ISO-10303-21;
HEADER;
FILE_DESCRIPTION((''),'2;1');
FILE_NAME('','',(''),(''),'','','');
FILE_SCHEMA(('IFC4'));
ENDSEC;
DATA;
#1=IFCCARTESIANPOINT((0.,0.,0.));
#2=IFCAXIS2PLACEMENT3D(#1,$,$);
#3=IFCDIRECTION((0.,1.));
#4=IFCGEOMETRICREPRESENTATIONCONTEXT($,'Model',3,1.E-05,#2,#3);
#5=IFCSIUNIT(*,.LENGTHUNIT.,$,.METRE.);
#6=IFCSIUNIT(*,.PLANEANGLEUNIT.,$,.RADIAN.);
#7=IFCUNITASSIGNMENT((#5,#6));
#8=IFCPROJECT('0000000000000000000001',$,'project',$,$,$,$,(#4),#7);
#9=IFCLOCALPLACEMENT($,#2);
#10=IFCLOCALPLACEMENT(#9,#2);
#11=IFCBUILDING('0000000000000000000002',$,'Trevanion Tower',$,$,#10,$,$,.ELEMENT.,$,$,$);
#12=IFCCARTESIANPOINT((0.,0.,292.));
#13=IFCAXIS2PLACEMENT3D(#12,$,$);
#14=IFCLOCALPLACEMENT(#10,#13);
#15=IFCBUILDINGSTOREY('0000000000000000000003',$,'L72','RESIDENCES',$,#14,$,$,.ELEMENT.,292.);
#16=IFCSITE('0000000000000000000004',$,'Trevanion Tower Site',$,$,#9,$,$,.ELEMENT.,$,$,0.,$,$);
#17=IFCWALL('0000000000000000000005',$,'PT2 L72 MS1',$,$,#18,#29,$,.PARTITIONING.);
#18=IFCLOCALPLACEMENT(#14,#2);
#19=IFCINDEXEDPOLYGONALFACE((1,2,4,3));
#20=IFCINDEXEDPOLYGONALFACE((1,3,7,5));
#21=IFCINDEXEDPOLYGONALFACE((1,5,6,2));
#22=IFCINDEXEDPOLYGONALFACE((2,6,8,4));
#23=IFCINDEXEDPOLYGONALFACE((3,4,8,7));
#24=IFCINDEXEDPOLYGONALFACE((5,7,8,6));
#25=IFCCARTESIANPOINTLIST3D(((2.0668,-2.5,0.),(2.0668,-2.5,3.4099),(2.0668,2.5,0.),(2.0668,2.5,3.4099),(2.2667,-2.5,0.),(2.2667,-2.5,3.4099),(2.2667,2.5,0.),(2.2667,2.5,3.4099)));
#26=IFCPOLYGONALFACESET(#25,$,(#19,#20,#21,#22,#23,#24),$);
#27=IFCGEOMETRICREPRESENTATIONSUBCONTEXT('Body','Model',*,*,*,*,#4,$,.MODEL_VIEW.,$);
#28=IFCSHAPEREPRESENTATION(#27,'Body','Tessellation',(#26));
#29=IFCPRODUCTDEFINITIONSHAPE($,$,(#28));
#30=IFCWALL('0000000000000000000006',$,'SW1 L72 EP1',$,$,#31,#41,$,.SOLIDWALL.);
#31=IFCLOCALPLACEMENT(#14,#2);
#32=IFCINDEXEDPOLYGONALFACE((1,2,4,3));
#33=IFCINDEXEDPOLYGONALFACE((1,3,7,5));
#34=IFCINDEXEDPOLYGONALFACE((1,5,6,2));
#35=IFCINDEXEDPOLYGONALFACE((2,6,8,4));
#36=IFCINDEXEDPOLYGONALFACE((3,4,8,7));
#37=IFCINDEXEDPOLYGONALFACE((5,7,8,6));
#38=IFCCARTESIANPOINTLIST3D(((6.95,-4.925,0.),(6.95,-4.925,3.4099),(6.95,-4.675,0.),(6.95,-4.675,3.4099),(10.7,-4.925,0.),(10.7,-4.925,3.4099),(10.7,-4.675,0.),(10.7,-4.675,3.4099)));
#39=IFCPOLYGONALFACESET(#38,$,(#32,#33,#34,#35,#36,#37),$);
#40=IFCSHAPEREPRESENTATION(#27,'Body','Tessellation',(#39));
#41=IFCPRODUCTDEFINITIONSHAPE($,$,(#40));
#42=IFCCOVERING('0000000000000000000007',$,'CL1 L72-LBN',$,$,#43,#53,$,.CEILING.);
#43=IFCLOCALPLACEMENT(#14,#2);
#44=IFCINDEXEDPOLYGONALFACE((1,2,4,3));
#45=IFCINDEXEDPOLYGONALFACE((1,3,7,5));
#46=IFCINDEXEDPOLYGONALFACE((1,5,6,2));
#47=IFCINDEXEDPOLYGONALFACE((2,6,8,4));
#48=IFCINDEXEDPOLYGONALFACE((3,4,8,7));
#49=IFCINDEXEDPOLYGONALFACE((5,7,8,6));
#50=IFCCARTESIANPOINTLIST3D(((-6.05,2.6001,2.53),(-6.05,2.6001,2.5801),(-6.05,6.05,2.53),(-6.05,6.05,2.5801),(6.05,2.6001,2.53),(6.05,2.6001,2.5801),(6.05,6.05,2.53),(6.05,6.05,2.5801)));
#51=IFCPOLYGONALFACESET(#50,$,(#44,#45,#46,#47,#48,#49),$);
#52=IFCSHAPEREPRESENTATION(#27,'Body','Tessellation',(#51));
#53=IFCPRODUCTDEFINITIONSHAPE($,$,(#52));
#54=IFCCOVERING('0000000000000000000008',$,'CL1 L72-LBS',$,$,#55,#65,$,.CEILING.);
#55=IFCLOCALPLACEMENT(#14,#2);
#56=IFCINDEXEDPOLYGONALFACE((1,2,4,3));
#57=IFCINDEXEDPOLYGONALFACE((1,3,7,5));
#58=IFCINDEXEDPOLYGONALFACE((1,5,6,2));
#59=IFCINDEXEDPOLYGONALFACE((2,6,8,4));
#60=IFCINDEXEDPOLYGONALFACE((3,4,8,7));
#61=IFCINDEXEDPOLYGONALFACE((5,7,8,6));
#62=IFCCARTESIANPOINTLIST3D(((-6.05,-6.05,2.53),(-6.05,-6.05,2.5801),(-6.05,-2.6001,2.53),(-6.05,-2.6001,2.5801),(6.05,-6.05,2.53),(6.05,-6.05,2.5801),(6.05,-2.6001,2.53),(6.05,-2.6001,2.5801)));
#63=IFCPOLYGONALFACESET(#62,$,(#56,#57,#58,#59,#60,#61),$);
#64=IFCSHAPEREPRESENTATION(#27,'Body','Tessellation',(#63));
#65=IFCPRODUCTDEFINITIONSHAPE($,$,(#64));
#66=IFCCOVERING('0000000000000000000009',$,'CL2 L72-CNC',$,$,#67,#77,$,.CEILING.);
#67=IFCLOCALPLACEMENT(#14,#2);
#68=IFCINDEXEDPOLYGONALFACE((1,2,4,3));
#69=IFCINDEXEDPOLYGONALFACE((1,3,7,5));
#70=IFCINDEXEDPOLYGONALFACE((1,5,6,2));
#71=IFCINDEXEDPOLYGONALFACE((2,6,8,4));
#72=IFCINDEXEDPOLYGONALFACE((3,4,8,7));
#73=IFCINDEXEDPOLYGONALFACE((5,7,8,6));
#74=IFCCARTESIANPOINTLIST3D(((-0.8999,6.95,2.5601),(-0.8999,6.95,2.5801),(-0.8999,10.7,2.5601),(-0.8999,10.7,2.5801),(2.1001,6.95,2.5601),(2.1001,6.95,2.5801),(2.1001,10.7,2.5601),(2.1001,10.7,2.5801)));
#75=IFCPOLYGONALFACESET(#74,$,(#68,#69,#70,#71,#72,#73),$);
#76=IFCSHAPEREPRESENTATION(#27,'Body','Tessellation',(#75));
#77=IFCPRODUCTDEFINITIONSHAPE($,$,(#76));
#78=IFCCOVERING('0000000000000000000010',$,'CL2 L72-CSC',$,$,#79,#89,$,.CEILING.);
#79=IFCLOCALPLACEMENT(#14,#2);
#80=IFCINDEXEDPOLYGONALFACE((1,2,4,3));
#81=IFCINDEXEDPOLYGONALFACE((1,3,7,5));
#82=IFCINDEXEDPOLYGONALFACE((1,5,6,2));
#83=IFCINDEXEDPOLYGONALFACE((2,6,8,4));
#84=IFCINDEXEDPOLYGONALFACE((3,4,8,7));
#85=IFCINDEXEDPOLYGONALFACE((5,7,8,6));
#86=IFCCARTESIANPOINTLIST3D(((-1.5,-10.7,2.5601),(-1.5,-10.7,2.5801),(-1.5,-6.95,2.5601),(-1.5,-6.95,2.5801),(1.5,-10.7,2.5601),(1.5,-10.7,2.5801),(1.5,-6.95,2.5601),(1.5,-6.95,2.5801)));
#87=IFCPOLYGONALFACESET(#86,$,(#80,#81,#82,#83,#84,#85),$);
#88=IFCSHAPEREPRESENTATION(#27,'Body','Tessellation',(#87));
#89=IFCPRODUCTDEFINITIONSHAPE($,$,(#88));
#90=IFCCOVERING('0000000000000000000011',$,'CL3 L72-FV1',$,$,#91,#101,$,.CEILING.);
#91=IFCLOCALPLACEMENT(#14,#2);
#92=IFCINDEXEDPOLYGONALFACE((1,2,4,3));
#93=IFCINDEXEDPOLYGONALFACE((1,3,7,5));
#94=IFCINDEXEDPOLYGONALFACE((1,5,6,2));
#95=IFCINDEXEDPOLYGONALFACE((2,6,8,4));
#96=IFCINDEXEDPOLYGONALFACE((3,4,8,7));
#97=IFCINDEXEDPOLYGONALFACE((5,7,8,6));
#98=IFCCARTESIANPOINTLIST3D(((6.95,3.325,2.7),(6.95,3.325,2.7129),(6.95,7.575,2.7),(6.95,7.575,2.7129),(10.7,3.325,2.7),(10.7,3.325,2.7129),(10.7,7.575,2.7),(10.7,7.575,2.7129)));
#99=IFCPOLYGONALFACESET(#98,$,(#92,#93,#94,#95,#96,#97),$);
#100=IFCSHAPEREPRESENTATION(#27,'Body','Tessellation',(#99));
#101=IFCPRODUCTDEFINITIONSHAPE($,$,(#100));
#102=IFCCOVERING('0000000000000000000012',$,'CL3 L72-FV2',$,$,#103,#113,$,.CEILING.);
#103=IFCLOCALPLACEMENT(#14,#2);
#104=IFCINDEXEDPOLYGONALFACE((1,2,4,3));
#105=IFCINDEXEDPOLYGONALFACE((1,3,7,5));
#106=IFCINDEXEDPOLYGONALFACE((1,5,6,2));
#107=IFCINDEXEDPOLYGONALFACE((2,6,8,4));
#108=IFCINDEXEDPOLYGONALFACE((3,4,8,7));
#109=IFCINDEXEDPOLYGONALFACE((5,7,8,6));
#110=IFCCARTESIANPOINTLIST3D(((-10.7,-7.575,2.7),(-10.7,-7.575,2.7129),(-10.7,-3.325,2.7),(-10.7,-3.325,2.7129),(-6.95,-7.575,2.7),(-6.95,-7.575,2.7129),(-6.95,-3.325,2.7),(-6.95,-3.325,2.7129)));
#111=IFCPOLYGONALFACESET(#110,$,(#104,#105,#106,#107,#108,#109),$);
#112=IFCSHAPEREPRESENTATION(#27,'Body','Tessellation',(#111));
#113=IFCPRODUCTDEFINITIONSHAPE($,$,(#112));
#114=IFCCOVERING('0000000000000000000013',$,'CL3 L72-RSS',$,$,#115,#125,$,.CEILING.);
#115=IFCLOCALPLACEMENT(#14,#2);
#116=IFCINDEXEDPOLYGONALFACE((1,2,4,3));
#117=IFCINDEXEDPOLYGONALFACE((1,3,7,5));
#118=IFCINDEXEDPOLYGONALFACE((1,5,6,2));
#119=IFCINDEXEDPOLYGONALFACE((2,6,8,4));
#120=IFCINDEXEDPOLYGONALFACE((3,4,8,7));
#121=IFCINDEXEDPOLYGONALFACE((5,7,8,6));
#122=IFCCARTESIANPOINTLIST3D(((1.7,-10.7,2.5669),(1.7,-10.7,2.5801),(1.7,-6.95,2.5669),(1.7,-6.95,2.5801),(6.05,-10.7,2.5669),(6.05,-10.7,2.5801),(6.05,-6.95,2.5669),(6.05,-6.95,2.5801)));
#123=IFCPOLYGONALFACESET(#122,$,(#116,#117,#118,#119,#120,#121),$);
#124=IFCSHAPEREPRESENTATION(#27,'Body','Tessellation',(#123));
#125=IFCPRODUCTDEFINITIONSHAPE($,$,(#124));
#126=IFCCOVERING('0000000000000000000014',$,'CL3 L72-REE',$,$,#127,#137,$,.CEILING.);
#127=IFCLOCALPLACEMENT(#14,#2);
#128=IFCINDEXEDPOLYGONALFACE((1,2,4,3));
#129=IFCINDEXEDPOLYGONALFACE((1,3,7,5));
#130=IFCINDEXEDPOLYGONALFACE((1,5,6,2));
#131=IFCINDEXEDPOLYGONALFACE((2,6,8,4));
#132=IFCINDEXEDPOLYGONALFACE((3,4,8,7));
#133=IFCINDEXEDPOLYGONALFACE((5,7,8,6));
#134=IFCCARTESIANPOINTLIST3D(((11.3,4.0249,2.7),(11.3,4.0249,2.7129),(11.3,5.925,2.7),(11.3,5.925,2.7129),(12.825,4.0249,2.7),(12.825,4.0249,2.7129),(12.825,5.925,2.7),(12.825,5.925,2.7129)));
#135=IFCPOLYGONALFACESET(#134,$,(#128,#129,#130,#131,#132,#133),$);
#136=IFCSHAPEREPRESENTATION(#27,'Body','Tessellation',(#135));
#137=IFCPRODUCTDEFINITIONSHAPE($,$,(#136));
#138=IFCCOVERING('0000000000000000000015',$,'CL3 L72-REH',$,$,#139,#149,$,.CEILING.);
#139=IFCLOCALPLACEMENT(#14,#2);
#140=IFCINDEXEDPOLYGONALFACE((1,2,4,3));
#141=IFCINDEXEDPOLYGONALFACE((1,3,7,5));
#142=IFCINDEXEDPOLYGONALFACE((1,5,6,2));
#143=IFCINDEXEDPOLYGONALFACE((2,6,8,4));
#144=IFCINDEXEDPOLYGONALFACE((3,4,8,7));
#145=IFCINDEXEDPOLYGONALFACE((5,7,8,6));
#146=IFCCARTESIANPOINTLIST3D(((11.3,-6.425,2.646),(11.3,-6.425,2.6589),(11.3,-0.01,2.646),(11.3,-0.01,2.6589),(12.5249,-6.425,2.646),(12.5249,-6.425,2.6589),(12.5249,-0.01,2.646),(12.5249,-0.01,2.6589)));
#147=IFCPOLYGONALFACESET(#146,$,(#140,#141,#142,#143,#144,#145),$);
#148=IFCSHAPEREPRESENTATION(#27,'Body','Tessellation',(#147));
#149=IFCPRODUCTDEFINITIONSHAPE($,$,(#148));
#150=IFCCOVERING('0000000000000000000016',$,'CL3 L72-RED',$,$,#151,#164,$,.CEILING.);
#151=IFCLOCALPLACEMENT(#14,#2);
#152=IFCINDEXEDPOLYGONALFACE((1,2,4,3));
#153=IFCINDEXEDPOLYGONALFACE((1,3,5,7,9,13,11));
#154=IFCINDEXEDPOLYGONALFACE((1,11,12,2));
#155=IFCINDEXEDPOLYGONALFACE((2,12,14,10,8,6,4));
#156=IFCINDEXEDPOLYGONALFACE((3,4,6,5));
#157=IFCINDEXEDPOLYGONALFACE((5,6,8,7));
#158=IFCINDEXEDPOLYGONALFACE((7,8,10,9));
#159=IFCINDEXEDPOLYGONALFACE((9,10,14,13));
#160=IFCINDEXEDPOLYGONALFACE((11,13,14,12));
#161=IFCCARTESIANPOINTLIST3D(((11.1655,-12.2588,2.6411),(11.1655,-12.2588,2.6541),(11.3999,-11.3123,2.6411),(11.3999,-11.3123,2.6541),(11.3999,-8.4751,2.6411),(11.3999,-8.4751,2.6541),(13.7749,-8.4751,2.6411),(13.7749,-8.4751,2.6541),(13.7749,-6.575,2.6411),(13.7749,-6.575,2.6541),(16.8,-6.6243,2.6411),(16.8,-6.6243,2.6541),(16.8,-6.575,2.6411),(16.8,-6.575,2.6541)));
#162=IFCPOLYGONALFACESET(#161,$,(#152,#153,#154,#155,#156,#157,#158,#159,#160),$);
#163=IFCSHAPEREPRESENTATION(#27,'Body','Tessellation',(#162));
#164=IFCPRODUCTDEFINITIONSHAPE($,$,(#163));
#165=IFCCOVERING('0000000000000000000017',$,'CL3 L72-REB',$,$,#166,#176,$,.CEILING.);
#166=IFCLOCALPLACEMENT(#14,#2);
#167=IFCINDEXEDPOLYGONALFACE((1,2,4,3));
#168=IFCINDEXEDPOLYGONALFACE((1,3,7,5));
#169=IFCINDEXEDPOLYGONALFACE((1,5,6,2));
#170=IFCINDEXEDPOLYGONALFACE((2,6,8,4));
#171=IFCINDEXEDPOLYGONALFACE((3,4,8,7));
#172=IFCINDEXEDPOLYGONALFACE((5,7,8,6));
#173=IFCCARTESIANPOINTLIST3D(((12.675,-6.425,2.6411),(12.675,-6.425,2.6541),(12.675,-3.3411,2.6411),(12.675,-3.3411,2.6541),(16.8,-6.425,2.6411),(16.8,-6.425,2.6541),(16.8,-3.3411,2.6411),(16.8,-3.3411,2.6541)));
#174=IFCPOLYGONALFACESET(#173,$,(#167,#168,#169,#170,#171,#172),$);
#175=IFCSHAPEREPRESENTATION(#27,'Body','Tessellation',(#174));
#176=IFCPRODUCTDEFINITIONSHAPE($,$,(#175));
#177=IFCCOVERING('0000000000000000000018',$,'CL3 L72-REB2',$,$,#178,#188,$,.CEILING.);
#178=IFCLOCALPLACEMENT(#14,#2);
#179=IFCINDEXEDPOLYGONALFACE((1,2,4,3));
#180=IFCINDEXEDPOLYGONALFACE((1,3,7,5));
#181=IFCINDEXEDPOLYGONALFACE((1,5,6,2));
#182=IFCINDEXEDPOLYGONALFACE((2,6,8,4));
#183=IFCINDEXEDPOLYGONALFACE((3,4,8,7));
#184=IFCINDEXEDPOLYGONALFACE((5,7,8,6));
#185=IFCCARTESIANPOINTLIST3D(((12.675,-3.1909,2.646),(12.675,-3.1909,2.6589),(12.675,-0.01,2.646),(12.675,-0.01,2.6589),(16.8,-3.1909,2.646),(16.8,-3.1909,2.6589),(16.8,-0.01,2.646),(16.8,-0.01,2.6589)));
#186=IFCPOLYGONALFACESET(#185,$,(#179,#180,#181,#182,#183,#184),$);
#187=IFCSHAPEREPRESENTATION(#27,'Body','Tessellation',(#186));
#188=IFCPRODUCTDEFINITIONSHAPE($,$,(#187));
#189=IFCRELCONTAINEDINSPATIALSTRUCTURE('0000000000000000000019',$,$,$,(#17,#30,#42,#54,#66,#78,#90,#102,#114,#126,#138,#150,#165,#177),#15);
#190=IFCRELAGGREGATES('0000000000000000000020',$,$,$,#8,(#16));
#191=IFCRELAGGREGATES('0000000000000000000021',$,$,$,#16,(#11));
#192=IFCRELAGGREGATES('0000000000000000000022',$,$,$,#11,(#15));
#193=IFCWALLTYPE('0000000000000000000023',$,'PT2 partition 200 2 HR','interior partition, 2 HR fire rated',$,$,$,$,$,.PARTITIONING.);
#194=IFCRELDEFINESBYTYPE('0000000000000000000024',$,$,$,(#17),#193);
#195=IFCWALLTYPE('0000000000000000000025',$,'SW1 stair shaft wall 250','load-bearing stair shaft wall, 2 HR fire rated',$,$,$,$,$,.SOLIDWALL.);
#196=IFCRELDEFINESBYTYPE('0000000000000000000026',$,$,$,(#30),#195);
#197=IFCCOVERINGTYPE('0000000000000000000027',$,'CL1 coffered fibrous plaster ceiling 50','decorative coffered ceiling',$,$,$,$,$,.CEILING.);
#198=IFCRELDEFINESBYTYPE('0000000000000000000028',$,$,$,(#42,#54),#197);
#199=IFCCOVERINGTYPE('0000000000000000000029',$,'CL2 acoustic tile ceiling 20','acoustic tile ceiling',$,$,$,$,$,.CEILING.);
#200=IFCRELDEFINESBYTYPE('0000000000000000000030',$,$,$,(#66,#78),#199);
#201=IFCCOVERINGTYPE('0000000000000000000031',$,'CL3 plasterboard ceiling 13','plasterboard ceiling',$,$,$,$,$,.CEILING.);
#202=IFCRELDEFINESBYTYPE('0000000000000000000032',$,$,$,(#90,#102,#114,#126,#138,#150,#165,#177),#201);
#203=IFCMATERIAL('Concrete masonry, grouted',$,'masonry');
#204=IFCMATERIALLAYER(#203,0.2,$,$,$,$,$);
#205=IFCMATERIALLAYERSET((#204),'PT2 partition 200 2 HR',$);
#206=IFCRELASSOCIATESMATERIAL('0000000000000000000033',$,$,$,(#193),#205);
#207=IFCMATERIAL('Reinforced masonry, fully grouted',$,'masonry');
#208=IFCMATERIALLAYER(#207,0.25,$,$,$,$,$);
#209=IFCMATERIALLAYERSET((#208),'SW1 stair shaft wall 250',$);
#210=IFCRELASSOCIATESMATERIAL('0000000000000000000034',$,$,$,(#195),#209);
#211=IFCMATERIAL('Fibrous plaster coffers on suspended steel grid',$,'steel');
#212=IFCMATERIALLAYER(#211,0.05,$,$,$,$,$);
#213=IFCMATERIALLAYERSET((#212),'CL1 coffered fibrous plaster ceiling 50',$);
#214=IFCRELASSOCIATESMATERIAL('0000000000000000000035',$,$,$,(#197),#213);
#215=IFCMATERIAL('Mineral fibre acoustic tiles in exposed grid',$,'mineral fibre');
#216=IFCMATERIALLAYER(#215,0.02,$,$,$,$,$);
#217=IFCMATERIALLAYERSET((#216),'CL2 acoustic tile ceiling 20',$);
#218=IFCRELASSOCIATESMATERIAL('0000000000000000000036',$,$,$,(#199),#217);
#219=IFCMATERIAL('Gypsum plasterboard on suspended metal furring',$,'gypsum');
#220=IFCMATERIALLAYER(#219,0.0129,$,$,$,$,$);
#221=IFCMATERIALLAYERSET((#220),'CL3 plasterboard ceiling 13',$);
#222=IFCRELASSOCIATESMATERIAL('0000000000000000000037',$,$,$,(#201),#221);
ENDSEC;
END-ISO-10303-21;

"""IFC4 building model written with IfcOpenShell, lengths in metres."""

from ifc_helpers import new_model, si_unit, direction, frame, frame_2d, origin, place, context, subcontext, project, spatial, polyline, rectangle, outline, extrude, material, layer, layer_set, type_object, element, save


model = new_model("IFC4")

# Units and contexts
model_context = context("Model", 3, precision=1e-05, world=origin(), true_north=direction((0.0, 1.0)))
body_context = subcontext(model_context, "Body", "Model", "MODEL_VIEW")
ifc_project = project(units=[si_unit("LENGTHUNIT", "METRE"), si_unit("PLANEANGLEUNIT", "RADIAN")], contexts=[model_context])

# Site, building, storey
site_placement = place(None, origin())
site = spatial("IfcSite", under=ifc_project, at=site_placement, Name="Trevanion Tower Site", CompositionType="ELEMENT", RefElevation=0.0)
building_placement = place(site_placement, origin())
building = spatial("IfcBuilding", under=site, at=building_placement, Name="Trevanion Tower", CompositionType="ELEMENT")
storey_placement = place(building_placement, frame((0.0, 0.0, 292.0)))
storey = spatial("IfcBuildingStorey", under=building, at=storey_placement, Name="L72", Description="RESIDENCES", CompositionType="ELEMENT", Elevation=292.0)

# Walls
ifc_material_1 = material(Name="Concrete masonry, grouted", Category="masonry")
ifc_layer_1 = layer(ifc_material_1, 0.2)
ifc_layer_set_1 = layer_set([ifc_layer_1], Name="PT2 partition 200 2 HR")
wall_type_1 = type_object("IfcWallType", Name="PT2 partition 200 2 HR", Description="interior partition, 2 HR fire rated", PredefinedType="PARTITIONING", material=ifc_layer_set_1)
wall_1_placement = place(storey_placement, frame((2.1667, -2.5, 0.0), z_axis=(0.0, 0.0, 1.0), x_axis=(0.0, 1.0, 0.0)))
element("IfcWall", 1, at=wall_1_placement, inside=storey, type_object=wall_type_1, Name="PT2 L72 MS1", PredefinedType="PARTITIONING", context=body_context, shape_type="SweptSolid", body=[
    extrude(rectangle(XDim=5.0, YDim=0.2, at=frame_2d((2.5, 0.0))), origin(), (0.0, 0.0, 1.0), 3.4099),
])
ifc_material_2 = material(Name="Reinforced masonry, fully grouted", Category="masonry")
ifc_layer_2 = layer(ifc_material_2, 0.25)
ifc_layer_set_2 = layer_set([ifc_layer_2], Name="SW1 stair shaft wall 250")
wall_type_2 = type_object("IfcWallType", Name="SW1 stair shaft wall 250", Description="load-bearing stair shaft wall, 2 HR fire rated", PredefinedType="SOLIDWALL", material=ifc_layer_set_2)
wall_2_placement = place(storey_placement, frame((6.95, -4.8, 0.0), z_axis=(0.0, 0.0, 1.0), x_axis=(1.0, 0.0, 0.0)))
element("IfcWall", 2, at=wall_2_placement, inside=storey, type_object=wall_type_2, Name="SW1 L72 EP1", PredefinedType="SOLIDWALL", context=body_context, shape_type="SweptSolid", body=[
    extrude(rectangle(XDim=3.75, YDim=0.25, at=frame_2d((1.875, 0.0))), origin(), (0.0, 0.0, 1.0), 3.4099),
])

# Coverings
ifc_material_3 = material(Name="Fibrous plaster coffers on suspended steel grid", Category="steel")
ifc_layer_3 = layer(ifc_material_3, 0.05)
ifc_layer_set_3 = layer_set([ifc_layer_3], Name="CL1 coffered fibrous plaster ceiling 50")
covering_type_1 = type_object("IfcCoveringType", Name="CL1 coffered fibrous plaster ceiling 50", Description="decorative coffered ceiling", PredefinedType="CEILING", material=ifc_layer_set_3)
covering_1_placement = place(storey_placement, frame((0.0, 0.0, 2.53)))
element("IfcCovering", 3, at=covering_1_placement, inside=storey, type_object=covering_type_1, Name="CL1 L72-LBN", PredefinedType="CEILING", context=body_context, shape_type="SweptSolid", body=[
    extrude(outline(polyline([(6.05, 2.6001), (6.05, 6.05), (-6.05, 6.05), (-6.05, 2.6001), (6.05, 2.6001)])), origin(), (0.0, 0.0, 1.0), 0.05),
])
covering_2_placement = place(storey_placement, frame((0.0, 0.0, 2.53)))
element("IfcCovering", 4, at=covering_2_placement, inside=storey, type_object=covering_type_1, Name="CL1 L72-LBS", PredefinedType="CEILING", context=body_context, shape_type="SweptSolid", body=[
    extrude(outline(polyline([(6.05, -6.05), (6.05, -2.6001), (-6.05, -2.6001), (-6.05, -6.05), (6.05, -6.05)])), origin(), (0.0, 0.0, 1.0), 0.05),
])
ifc_material_4 = material(Name="Mineral fibre acoustic tiles in exposed grid", Category="mineral fibre")
ifc_layer_4 = layer(ifc_material_4, 0.02)
ifc_layer_set_4 = layer_set([ifc_layer_4], Name="CL2 acoustic tile ceiling 20")
covering_type_2 = type_object("IfcCoveringType", Name="CL2 acoustic tile ceiling 20", Description="acoustic tile ceiling", PredefinedType="CEILING", material=ifc_layer_set_4)
covering_3_placement = place(storey_placement, frame((0.0, 0.0, 2.5601)))
element("IfcCovering", 5, at=covering_3_placement, inside=storey, type_object=covering_type_2, Name="CL2 L72-CNC", PredefinedType="CEILING", context=body_context, shape_type="SweptSolid", body=[
    extrude(outline(polyline([(2.1001, 6.95), (2.1001, 10.7), (-0.8999, 10.7), (-0.8999, 6.95), (2.1001, 6.95)])), origin(), (0.0, 0.0, 1.0), 0.02),
])
covering_4_placement = place(storey_placement, frame((0.0, 0.0, 2.5601)))
element("IfcCovering", 6, at=covering_4_placement, inside=storey, type_object=covering_type_2, Name="CL2 L72-CSC", PredefinedType="CEILING", context=body_context, shape_type="SweptSolid", body=[
    extrude(outline(polyline([(1.5, -10.7), (1.5, -6.95), (-1.5, -6.95), (-1.5, -10.7), (1.5, -10.7)])), origin(), (0.0, 0.0, 1.0), 0.02),
])
ifc_material_5 = material(Name="Gypsum plasterboard on suspended metal furring", Category="gypsum")
ifc_layer_5 = layer(ifc_material_5, 0.0129)
ifc_layer_set_5 = layer_set([ifc_layer_5], Name="CL3 plasterboard ceiling 13")
covering_type_3 = type_object("IfcCoveringType", Name="CL3 plasterboard ceiling 13", Description="plasterboard ceiling", PredefinedType="CEILING", material=ifc_layer_set_5)
covering_5_placement = place(storey_placement, frame((0.0, 0.0, 2.7)))
element("IfcCovering", 7, at=covering_5_placement, inside=storey, type_object=covering_type_3, Name="CL3 L72-FV1", PredefinedType="CEILING", context=body_context, shape_type="SweptSolid", body=[
    extrude(outline(polyline([(10.7, 3.325), (10.7, 7.575), (6.95, 7.575), (6.95, 3.325), (10.7, 3.325)])), origin(), (0.0, 0.0, 1.0), 0.0129),
])
covering_6_placement = place(storey_placement, frame((0.0, 0.0, 2.7)))
element("IfcCovering", 8, at=covering_6_placement, inside=storey, type_object=covering_type_3, Name="CL3 L72-FV2", PredefinedType="CEILING", context=body_context, shape_type="SweptSolid", body=[
    extrude(outline(polyline([(-10.7, -3.325), (-10.7, -7.575), (-6.95, -7.575), (-6.95, -3.325), (-10.7, -3.325)])), origin(), (0.0, 0.0, 1.0), 0.0129),
])
covering_7_placement = place(storey_placement, frame((0.0, 0.0, 2.5669)))
element("IfcCovering", 9, at=covering_7_placement, inside=storey, type_object=covering_type_3, Name="CL3 L72-RSS", PredefinedType="CEILING", context=body_context, shape_type="SweptSolid", body=[
    extrude(outline(polyline([(6.05, -10.7), (6.05, -6.95), (1.7, -6.95), (1.7, -10.7), (6.05, -10.7)])), origin(), (0.0, 0.0, 1.0), 0.0132),
])
covering_8_placement = place(storey_placement, frame((0.0, 0.0, 2.7)))
element("IfcCovering", 10, at=covering_8_placement, inside=storey, type_object=covering_type_3, Name="CL3 L72-REE", PredefinedType="CEILING", context=body_context, shape_type="SweptSolid", body=[
    extrude(outline(polyline([(12.825, 4.0249), (12.825, 5.925), (11.3, 5.925), (11.3, 4.0249), (12.825, 4.0249)])), origin(), (0.0, 0.0, 1.0), 0.0129),
])
covering_9_placement = place(storey_placement, frame((0.0, 0.0, 2.646)))
element("IfcCovering", 11, at=covering_9_placement, inside=storey, type_object=covering_type_3, Name="CL3 L72-REH", PredefinedType="CEILING", context=body_context, shape_type="SweptSolid", body=[
    extrude(outline(polyline([(12.5249, -6.425), (12.5249, -0.01), (11.3, -0.01), (11.3, -6.425), (12.5249, -6.425)])), origin(), (0.0, 0.0, 1.0), 0.0129),
])
covering_10_placement = place(storey_placement, frame((0.0, 0.0, 2.6411)))
element("IfcCovering", 12, at=covering_10_placement, inside=storey, type_object=covering_type_3, Name="CL3 L72-RED", PredefinedType="CEILING", context=body_context, shape_type="SweptSolid", body=[
    extrude(outline(polyline([(11.1655, -12.2588), (11.3999, -11.3123), (11.3999, -8.4751), (13.7749, -8.4751), (13.7749, -6.575), (16.8, -6.575), (16.8, -6.6243), (11.1655, -12.2588)])), origin(), (0.0, 0.0, 1.0), 0.0129),
])
covering_11_placement = place(storey_placement, frame((0.0, 0.0, 2.6411)))
element("IfcCovering", 13, at=covering_11_placement, inside=storey, type_object=covering_type_3, Name="CL3 L72-REB", PredefinedType="CEILING", context=body_context, shape_type="SweptSolid", body=[
    extrude(outline(polyline([(12.675, -6.425), (12.675, -3.3411), (16.8, -3.3411), (16.8, -6.425), (12.675, -6.425)])), origin(), (0.0, 0.0, 1.0), 0.0129),
])
covering_12_placement = place(storey_placement, frame((0.0, 0.0, 2.646)))
element("IfcCovering", 14, at=covering_12_placement, inside=storey, type_object=covering_type_3, Name="CL3 L72-REB2", PredefinedType="CEILING", context=body_context, shape_type="SweptSolid", body=[
    extrude(outline(polyline([(12.675, -3.1909), (12.675, -0.01), (16.8, -0.01), (16.8, -3.1909), (12.675, -3.1909)])), origin(), (0.0, 0.0, 1.0), 0.0129),
])

save(model, "model.ifc")
